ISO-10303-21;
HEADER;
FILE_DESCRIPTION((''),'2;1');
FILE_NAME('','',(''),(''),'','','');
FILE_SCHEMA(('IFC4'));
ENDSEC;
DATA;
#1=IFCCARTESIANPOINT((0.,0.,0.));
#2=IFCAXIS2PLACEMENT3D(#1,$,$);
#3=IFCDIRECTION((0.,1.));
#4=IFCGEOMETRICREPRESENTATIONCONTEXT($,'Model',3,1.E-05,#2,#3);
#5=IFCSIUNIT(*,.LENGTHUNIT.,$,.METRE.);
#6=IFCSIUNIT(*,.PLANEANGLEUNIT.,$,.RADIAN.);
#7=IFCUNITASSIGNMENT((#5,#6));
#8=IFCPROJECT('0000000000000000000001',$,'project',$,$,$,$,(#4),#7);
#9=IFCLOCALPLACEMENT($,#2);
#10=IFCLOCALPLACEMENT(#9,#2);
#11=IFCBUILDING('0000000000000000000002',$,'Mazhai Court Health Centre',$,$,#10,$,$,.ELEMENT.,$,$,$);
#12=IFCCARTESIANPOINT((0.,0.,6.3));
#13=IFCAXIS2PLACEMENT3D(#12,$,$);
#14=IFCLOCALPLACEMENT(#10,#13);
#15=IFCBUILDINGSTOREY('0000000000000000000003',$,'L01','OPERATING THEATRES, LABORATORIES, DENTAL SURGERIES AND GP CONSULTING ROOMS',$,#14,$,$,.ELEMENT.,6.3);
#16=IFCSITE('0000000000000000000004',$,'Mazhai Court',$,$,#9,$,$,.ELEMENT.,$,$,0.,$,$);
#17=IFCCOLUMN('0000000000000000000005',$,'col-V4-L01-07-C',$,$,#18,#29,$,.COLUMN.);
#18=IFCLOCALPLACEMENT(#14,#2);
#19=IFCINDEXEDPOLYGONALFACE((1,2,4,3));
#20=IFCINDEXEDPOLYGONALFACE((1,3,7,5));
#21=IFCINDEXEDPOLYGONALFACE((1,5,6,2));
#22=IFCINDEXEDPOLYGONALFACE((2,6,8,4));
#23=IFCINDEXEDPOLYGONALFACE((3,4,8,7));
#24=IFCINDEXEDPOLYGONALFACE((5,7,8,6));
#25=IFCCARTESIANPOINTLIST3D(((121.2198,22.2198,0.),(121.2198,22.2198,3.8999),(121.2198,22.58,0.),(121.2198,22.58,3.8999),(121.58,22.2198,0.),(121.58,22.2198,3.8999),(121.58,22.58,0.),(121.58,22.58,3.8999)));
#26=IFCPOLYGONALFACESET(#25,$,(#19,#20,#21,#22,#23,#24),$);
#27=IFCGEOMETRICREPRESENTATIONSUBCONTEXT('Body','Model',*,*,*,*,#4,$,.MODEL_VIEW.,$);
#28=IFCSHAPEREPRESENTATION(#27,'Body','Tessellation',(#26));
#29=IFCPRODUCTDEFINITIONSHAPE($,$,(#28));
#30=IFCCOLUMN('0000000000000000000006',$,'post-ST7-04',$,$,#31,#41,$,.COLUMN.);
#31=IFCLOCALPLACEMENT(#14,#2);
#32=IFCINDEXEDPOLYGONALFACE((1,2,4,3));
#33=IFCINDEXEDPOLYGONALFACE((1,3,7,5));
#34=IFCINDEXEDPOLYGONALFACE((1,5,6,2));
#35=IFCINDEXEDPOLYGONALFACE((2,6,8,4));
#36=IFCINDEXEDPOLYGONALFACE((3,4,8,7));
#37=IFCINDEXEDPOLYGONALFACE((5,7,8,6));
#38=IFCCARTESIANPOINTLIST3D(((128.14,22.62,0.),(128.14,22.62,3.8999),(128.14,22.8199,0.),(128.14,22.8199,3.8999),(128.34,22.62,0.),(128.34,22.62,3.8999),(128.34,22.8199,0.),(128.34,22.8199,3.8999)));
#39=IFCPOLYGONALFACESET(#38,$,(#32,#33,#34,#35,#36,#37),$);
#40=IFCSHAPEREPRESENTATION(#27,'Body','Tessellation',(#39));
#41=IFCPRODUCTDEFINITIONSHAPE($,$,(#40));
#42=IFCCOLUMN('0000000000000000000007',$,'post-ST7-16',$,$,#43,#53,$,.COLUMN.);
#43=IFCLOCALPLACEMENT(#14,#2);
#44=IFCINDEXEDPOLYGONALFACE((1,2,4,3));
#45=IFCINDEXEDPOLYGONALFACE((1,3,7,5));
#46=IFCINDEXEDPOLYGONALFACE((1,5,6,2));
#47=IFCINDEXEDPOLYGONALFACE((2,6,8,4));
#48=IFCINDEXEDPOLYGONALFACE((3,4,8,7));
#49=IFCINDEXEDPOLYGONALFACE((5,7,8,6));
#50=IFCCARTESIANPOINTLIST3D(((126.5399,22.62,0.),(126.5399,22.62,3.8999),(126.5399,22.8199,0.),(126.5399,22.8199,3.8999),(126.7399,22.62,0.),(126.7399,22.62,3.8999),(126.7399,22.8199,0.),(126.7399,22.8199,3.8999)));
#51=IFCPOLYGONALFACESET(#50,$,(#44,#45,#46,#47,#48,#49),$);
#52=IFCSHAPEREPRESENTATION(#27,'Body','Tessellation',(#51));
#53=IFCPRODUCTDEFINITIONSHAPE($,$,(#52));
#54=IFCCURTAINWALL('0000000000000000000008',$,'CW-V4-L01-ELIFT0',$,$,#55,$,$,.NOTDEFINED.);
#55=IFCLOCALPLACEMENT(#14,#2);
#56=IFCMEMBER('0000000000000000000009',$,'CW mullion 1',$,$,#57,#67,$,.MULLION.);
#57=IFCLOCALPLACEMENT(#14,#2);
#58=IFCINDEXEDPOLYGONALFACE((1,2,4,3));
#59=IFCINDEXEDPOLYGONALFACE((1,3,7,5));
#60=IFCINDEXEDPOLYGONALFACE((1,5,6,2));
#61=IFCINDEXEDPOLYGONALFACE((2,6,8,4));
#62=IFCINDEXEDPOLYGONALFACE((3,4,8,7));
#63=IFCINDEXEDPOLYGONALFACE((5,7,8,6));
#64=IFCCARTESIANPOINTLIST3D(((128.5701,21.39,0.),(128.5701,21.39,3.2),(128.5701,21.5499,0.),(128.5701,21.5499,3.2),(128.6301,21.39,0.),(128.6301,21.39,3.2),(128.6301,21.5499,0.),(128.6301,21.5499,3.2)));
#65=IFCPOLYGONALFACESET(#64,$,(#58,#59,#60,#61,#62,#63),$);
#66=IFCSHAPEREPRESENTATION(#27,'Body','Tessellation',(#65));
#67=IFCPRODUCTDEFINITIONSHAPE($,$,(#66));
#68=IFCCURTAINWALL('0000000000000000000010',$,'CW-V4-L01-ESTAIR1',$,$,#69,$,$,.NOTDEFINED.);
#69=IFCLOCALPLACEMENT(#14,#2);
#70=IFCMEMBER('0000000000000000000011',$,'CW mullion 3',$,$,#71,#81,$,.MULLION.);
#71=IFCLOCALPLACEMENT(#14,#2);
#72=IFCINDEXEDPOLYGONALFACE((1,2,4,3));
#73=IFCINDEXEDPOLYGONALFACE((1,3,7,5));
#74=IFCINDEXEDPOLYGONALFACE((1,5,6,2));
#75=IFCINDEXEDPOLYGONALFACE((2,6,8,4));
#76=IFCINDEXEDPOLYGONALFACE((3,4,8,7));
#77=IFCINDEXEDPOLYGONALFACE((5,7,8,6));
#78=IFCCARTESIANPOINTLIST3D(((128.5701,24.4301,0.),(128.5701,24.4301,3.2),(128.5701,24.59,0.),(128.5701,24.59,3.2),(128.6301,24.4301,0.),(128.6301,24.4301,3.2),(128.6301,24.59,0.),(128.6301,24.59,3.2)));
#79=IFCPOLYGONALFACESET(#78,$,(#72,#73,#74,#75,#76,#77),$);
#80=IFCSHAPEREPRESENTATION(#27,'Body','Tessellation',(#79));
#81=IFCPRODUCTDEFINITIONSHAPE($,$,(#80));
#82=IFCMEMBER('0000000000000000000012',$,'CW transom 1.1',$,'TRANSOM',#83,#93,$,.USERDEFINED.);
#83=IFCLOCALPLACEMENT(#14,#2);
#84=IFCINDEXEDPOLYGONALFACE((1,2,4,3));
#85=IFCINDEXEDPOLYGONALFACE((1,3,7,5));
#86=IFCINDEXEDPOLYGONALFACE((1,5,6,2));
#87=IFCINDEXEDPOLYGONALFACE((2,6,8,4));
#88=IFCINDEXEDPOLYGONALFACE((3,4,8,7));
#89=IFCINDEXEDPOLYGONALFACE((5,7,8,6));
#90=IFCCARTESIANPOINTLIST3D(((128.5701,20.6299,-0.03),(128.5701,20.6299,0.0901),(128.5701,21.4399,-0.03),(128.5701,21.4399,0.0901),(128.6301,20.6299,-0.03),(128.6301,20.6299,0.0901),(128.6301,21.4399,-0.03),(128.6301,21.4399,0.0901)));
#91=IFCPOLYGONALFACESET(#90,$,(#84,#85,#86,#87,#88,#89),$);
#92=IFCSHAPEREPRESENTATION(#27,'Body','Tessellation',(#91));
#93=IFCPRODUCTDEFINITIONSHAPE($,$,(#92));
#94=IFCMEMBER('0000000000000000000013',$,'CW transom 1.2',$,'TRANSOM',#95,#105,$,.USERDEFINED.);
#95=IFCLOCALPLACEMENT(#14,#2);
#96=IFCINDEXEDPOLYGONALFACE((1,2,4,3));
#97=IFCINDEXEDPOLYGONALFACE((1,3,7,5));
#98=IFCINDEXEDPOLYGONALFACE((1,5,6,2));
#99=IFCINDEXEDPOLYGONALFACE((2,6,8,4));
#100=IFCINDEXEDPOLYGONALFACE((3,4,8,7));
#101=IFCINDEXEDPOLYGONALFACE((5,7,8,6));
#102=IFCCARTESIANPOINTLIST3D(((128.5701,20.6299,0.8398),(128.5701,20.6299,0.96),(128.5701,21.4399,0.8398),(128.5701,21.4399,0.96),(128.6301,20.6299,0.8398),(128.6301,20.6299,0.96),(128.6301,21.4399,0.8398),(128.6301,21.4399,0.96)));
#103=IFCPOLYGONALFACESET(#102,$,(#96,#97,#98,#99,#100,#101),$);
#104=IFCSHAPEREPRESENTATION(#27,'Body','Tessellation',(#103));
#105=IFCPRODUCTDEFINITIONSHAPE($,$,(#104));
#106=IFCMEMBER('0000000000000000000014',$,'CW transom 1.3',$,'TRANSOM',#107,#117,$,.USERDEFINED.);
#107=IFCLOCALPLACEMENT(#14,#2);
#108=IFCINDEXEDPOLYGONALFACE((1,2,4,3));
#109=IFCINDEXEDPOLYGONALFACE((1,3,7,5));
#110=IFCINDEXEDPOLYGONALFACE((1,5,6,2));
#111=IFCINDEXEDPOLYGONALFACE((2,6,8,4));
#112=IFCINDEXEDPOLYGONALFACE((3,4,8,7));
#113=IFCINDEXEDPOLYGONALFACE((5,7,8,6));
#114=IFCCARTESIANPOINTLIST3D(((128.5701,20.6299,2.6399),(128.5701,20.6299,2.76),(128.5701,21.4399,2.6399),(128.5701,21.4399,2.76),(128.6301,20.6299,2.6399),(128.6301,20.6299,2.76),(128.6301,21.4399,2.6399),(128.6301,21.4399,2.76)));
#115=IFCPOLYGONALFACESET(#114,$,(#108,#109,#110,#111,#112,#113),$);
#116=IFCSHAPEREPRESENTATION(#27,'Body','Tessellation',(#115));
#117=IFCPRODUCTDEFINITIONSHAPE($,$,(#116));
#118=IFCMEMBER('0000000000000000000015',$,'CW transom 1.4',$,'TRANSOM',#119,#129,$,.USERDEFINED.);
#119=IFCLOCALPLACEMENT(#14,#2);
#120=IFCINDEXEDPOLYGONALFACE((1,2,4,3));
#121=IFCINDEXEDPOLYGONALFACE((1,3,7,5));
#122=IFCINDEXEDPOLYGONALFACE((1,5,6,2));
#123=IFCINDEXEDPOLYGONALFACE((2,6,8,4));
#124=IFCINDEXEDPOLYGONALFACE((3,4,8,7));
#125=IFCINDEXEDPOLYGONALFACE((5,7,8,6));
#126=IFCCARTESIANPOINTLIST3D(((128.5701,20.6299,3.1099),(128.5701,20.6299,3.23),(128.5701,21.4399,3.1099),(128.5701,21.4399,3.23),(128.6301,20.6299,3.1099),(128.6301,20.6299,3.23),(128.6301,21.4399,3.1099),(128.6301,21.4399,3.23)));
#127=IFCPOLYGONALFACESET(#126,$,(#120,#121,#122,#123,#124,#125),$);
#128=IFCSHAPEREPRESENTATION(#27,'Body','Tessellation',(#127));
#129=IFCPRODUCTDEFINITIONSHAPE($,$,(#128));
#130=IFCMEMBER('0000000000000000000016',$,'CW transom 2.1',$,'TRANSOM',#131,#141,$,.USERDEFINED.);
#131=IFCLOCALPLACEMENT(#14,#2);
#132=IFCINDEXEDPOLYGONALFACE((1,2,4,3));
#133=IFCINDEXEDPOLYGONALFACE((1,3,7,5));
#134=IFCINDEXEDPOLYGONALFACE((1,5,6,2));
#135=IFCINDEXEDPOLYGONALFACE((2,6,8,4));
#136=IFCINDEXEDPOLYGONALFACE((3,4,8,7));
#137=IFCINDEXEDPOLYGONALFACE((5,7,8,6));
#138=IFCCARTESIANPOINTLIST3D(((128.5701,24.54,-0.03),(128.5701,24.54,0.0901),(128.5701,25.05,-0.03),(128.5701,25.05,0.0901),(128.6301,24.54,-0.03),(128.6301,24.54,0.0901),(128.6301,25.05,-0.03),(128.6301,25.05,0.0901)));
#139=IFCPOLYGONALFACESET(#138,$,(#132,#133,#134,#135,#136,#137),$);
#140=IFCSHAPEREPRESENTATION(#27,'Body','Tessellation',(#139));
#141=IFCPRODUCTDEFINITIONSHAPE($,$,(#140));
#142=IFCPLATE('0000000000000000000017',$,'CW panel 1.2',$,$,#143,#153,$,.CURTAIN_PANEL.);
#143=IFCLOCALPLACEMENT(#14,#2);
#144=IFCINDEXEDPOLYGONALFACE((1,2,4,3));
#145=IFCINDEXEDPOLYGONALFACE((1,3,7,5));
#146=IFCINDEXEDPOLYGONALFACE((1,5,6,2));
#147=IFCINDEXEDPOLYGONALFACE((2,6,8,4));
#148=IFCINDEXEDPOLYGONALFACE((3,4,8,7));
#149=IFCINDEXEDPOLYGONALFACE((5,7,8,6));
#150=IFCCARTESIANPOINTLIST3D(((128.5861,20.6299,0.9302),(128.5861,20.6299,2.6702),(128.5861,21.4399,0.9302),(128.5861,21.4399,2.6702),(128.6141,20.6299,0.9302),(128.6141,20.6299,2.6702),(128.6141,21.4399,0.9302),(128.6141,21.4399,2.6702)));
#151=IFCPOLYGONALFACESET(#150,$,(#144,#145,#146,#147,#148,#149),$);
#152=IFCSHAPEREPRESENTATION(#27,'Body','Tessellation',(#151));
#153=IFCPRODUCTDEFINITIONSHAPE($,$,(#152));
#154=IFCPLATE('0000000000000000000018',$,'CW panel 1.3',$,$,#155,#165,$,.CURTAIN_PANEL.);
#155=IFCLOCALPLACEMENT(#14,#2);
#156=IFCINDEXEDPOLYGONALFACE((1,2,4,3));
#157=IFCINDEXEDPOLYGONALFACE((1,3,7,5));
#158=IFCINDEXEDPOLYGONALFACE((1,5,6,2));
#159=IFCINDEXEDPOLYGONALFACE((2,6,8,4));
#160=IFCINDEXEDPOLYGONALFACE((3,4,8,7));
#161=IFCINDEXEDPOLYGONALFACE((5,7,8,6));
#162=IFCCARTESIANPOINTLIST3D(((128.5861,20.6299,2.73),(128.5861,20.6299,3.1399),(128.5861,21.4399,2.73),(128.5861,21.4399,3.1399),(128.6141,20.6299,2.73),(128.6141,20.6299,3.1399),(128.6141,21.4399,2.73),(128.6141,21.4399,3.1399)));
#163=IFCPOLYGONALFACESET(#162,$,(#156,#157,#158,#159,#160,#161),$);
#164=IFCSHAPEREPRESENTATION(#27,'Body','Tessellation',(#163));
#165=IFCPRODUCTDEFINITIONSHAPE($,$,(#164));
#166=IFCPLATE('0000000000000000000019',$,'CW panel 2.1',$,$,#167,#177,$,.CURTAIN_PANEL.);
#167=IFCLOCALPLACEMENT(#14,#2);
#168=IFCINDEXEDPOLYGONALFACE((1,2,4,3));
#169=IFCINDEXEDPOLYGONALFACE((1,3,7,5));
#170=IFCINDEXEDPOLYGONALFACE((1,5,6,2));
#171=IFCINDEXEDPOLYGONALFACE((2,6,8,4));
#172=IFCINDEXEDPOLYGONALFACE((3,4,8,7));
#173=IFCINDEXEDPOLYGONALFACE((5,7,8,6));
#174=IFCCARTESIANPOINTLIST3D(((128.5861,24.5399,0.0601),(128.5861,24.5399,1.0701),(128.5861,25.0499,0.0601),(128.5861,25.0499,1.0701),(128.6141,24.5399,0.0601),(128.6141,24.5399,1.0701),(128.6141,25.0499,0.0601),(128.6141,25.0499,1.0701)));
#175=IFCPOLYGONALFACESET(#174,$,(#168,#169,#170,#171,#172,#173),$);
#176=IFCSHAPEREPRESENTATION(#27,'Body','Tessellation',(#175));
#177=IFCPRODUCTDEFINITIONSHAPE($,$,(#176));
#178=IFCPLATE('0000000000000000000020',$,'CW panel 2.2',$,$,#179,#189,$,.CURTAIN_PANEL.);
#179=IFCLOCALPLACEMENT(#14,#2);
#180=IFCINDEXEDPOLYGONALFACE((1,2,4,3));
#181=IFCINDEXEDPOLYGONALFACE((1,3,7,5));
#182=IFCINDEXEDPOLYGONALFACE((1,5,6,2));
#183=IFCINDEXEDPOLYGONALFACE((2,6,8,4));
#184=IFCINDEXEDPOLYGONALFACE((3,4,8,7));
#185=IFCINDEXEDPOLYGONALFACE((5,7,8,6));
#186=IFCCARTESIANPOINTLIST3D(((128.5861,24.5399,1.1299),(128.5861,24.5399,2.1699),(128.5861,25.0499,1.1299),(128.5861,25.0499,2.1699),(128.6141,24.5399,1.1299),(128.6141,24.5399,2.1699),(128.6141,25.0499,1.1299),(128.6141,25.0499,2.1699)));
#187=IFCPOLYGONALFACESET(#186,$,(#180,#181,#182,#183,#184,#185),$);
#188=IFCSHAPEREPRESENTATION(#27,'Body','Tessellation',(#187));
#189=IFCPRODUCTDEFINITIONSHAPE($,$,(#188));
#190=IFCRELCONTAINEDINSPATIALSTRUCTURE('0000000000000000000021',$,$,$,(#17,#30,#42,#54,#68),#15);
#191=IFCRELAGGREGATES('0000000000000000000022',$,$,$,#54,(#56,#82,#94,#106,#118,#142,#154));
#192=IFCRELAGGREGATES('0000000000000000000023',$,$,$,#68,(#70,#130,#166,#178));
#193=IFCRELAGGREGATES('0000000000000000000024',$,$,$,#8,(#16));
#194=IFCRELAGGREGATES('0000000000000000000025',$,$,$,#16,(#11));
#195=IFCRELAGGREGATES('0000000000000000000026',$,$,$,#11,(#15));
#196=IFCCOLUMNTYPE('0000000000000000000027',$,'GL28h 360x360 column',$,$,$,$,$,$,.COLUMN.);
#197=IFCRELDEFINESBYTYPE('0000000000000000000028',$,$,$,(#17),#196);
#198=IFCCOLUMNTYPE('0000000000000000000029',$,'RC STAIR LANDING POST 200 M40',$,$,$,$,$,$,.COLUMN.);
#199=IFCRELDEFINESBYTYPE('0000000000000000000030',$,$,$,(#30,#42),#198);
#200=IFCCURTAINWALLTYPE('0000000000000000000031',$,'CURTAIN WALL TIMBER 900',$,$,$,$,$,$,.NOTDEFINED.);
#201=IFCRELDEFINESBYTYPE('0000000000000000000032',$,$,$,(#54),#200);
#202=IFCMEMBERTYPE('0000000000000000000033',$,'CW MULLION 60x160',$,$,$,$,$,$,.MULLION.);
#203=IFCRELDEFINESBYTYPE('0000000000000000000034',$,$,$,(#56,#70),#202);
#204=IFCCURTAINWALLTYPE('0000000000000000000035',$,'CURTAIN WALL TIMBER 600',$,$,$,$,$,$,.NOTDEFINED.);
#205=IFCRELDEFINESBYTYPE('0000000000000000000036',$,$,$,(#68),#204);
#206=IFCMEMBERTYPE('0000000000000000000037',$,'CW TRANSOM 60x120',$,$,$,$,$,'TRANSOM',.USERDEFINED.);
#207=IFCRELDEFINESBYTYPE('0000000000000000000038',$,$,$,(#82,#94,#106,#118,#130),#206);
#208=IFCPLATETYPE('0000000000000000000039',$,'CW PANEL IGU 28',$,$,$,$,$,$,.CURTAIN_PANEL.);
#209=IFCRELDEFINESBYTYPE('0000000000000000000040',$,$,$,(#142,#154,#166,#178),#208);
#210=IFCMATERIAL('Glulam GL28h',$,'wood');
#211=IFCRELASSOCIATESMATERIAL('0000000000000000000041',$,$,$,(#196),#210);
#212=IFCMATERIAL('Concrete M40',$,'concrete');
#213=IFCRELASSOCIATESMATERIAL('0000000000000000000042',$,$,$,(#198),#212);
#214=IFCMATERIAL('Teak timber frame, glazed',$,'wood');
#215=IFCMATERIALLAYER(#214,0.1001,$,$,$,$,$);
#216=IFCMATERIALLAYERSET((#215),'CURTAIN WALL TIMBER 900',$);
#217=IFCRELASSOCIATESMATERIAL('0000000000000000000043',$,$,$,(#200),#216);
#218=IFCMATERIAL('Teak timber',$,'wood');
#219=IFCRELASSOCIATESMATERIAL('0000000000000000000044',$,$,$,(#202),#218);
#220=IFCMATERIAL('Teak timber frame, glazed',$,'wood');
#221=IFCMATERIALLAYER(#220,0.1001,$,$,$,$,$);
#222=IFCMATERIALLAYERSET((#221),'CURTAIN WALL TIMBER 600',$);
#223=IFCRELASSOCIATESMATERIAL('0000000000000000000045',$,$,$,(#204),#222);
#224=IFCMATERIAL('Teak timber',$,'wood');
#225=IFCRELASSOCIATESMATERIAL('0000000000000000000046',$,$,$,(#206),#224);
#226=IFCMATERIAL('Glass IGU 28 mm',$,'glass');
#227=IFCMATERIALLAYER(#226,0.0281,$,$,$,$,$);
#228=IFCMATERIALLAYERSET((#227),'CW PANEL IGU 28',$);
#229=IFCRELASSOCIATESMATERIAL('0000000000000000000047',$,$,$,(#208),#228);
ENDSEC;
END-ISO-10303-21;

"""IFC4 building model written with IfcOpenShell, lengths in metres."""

from ifc_helpers import new_model, si_unit, direction, frame, origin, origin_2d, place, context, subcontext, project, spatial, rectangle, extrude, material, layer, layer_set, material_profile, profile_set, type_object, element, aggregate, save


model = new_model("IFC4")

# Units and contexts
model_context = context("Model", 3, precision=1e-05, world=origin(), true_north=direction((0.0, 1.0)))
body_context = subcontext(model_context, "Body", "Model", "MODEL_VIEW")
ifc_project = project(units=[si_unit("LENGTHUNIT", "METRE"), si_unit("PLANEANGLEUNIT", "RADIAN")], contexts=[model_context])

# Site, building, storey
site_placement = place(None, origin())
site = spatial("IfcSite", under=ifc_project, at=site_placement, Name="Mazhai Court", CompositionType="ELEMENT", RefElevation=0.0)
building_placement = place(site_placement, origin())
building = spatial("IfcBuilding", under=site, at=building_placement, Name="Mazhai Court Health Centre", CompositionType="ELEMENT")
storey_placement = place(building_placement, frame((0.0, 0.0, 6.3)))
storey = spatial("IfcBuildingStorey", under=building, at=storey_placement, Name="L01", Description="OPERATING THEATRES, LABORATORIES, DENTAL SURGERIES AND GP CONSULTING ROOMS", CompositionType="ELEMENT", Elevation=6.3)

# Columns
ifc_material_1 = material(Name="Glulam GL28h", Category="wood")
ifc_material_profile_1 = material_profile(ifc_material_1, rectangle(XDim=0.3601, YDim=0.3601, at=origin_2d()), Name="GL28h 360x360")
ifc_profile_set_1 = profile_set([ifc_material_profile_1], Name="Glulam GL28h")
column_type_1 = type_object("IfcColumnType", Name="GL28h 360x360 column", PredefinedType="COLUMN", material=ifc_profile_set_1)
column_placement = place(storey_placement, frame((121.3999, 22.3999, 0.0), z_axis=(0.0, 0.0, 1.0), x_axis=(1.0, 0.0, 0.0)))
element("IfcColumn", 1, at=column_placement, inside=storey, type_object=column_type_1, Name="col-V4-L01-07-C", PredefinedType="COLUMN", context=body_context, shape_type="SweptSolid", body=[
    extrude(rectangle(XDim=0.3601, YDim=0.3601, at=origin_2d()), origin(), (0.0, 0.0, 1.0), 3.8999),
])
ifc_material_2 = material(Name="Concrete M40", Category="concrete")
ifc_material_profile_2 = material_profile(ifc_material_2, rectangle(XDim=0.2, YDim=0.2, at=origin_2d()), Name="RC 200x200")
ifc_profile_set_2 = profile_set([ifc_material_profile_2], Name="Concrete M40")
column_type_2 = type_object("IfcColumnType", Name="RC STAIR LANDING POST 200 M40", PredefinedType="COLUMN", material=ifc_profile_set_2)
for number, where, z_axis, x_axis, name in (
    (2, (128.24, 22.72, 0.0), (0.0, 0.0, 1.0), (1.0, 0.0, 0.0), "post-ST7-04"),
    (3, (126.6399, 22.72, 0.0), (0.0, 0.0, 1.0), (1.0, 0.0, 0.0), "post-ST7-16"),
):
    element("IfcColumn", number, at=place(storey_placement, frame(where, z_axis=z_axis, x_axis=x_axis)), inside=storey, type_object=column_type_2, Name=name, PredefinedType="COLUMN", context=body_context, shape_type="SweptSolid", body=[
        extrude(rectangle(XDim=0.2, YDim=0.2, at=origin_2d()), origin(), (0.0, 0.0, 1.0), 3.8999),
    ])

# Curtain walls, members
ifc_material_3 = material(Name="Teak timber frame, glazed", Category="wood")
ifc_layer_1 = layer(ifc_material_3, 0.1001)
ifc_layer_set_1 = layer_set([ifc_layer_1], Name="CURTAIN WALL TIMBER 900")
curtain_wall_type_1 = type_object("IfcCurtainWallType", Name="CURTAIN WALL TIMBER 900", PredefinedType="NOTDEFINED", material=ifc_layer_set_1)
curtain_wall_1_placement = place(storey_placement, origin())
curtain_wall_1 = element("IfcCurtainWall", 4, at=curtain_wall_1_placement, inside=storey, type_object=curtain_wall_type_1, Name="CW-V4-L01-ELIFT0", PredefinedType="NOTDEFINED")
ifc_material_4 = material(Name="Teak timber", Category="wood")
ifc_material_profile_3 = material_profile(ifc_material_4, rectangle(XDim=0.0601, YDim=0.1599, at=origin_2d()), Name="CW MULLION 60x160")
ifc_profile_set_3 = profile_set([ifc_material_profile_3], Name="Teak timber")
member_type_1 = type_object("IfcMemberType", Name="CW MULLION 60x160", PredefinedType="MULLION", material=ifc_profile_set_3)
member_1_placement = place(storey_placement, frame((128.6001, 21.47, 0.0), z_axis=(0.0, 0.0, 1.0), x_axis=(1.0, 0.0, 0.0)))
member_1 = element("IfcMember", 5, at=member_1_placement, type_object=member_type_1, Name="CW mullion 1", PredefinedType="MULLION", context=body_context, shape_type="SweptSolid", body=[
    extrude(rectangle(XDim=0.0601, YDim=0.1599, at=origin_2d()), origin(), (0.0, 0.0, 1.0), 3.2),
])
ifc_material_5 = material(Name="Teak timber frame, glazed", Category="wood")
ifc_layer_2 = layer(ifc_material_5, 0.1001)
ifc_layer_set_2 = layer_set([ifc_layer_2], Name="CURTAIN WALL TIMBER 600")
curtain_wall_type_2 = type_object("IfcCurtainWallType", Name="CURTAIN WALL TIMBER 600", PredefinedType="NOTDEFINED", material=ifc_layer_set_2)
curtain_wall_2_placement = place(storey_placement, origin())
curtain_wall_2 = element("IfcCurtainWall", 6, at=curtain_wall_2_placement, inside=storey, type_object=curtain_wall_type_2, Name="CW-V4-L01-ESTAIR1", PredefinedType="NOTDEFINED")
member_2_placement = place(storey_placement, frame((128.6001, 24.51, 0.0), z_axis=(0.0, 0.0, 1.0), x_axis=(1.0, 0.0, 0.0)))
member_2 = element("IfcMember", 7, at=member_2_placement, type_object=member_type_1, Name="CW mullion 3", PredefinedType="MULLION", context=body_context, shape_type="SweptSolid", body=[
    extrude(rectangle(XDim=0.0601, YDim=0.1599, at=origin_2d()), origin(), (0.0, 0.0, 1.0), 3.2),
])

# Members
ifc_material_6 = material(Name="Teak timber", Category="wood")
ifc_material_profile_4 = material_profile(ifc_material_6, rectangle(XDim=0.0601, YDim=0.1201, at=origin_2d()), Name="CW TRANSOM 60x120")
ifc_profile_set_4 = profile_set([ifc_material_profile_4], Name="Teak timber")
member_type_2 = type_object("IfcMemberType", Name="CW TRANSOM 60x120", ElementType="TRANSOM", PredefinedType="USERDEFINED", material=ifc_profile_set_4)
member_3_placement = place(storey_placement, frame((128.6001, 21.4399, 0.03), z_axis=(0.0, -1.0, 0.0), x_axis=(1.0, 0.0, 0.0)))
member_3 = element("IfcMember", 8, at=member_3_placement, type_object=member_type_2, Name="CW transom 1.1", ObjectType="TRANSOM", PredefinedType="USERDEFINED", context=body_context, shape_type="SweptSolid", body=[
    extrude(rectangle(XDim=0.0601, YDim=0.1201, at=origin_2d()), origin(), (0.0, 0.0, 1.0), 0.8101),
])
member_4_placement = place(storey_placement, frame((128.6001, 21.4399, 0.8999), z_axis=(0.0, -1.0, 0.0), x_axis=(1.0, 0.0, 0.0)))
member_4 = element("IfcMember", 9, at=member_4_placement, type_object=member_type_2, Name="CW transom 1.2", ObjectType="TRANSOM", PredefinedType="USERDEFINED", context=body_context, shape_type="SweptSolid", body=[
    extrude(rectangle(XDim=0.0601, YDim=0.1201, at=origin_2d()), origin(), (0.0, 0.0, 1.0), 0.8101),
])
member_5_placement = place(storey_placement, frame((128.6001, 21.4399, 2.7), z_axis=(0.0, -1.0, 0.0), x_axis=(1.0, 0.0, 0.0)))
member_5 = element("IfcMember", 10, at=member_5_placement, type_object=member_type_2, Name="CW transom 1.3", ObjectType="TRANSOM", PredefinedType="USERDEFINED", context=body_context, shape_type="SweptSolid", body=[
    extrude(rectangle(XDim=0.0601, YDim=0.1201, at=origin_2d()), origin(), (0.0, 0.0, 1.0), 0.8101),
])
member_6_placement = place(storey_placement, frame((128.6001, 21.4399, 3.1699), z_axis=(0.0, -1.0, 0.0), x_axis=(1.0, 0.0, 0.0)))
member_6 = element("IfcMember", 11, at=member_6_placement, type_object=member_type_2, Name="CW transom 1.4", ObjectType="TRANSOM", PredefinedType="USERDEFINED", context=body_context, shape_type="SweptSolid", body=[
    extrude(rectangle(XDim=0.0601, YDim=0.1201, at=origin_2d()), origin(), (0.0, 0.0, 1.0), 0.8101),
])
member_7_placement = place(storey_placement, frame((128.6001, 25.05, 0.03), z_axis=(0.0, -1.0, 0.0), x_axis=(1.0, 0.0, 0.0)))
member_7 = element("IfcMember", 12, at=member_7_placement, type_object=member_type_2, Name="CW transom 2.1", ObjectType="TRANSOM", PredefinedType="USERDEFINED", context=body_context, shape_type="SweptSolid", body=[
    extrude(rectangle(XDim=0.0601, YDim=0.1201, at=origin_2d()), origin(), (0.0, 0.0, 1.0), 0.51),
])

# Plates
ifc_material_7 = material(Name="Glass IGU 28 mm", Category="glass")
ifc_layer_3 = layer(ifc_material_7, 0.0281)
ifc_layer_set_3 = layer_set([ifc_layer_3], Name="CW PANEL IGU 28")
plate_type = type_object("IfcPlateType", Name="CW PANEL IGU 28", PredefinedType="CURTAIN_PANEL", material=ifc_layer_set_3)
plate_1_placement = place(storey_placement, frame((128.6001, 21.0349, 0.9302), z_axis=(0.0, 0.0, 1.0), x_axis=(0.0, -1.0, 0.0)))
plate_1 = element("IfcPlate", 13, at=plate_1_placement, type_object=plate_type, Name="CW panel 1.2", PredefinedType="CURTAIN_PANEL", context=body_context, shape_type="SweptSolid", body=[
    extrude(rectangle(XDim=0.8101, YDim=0.0281, at=origin_2d()), origin(), (0.0, 0.0, 1.0), 1.74),
])
plate_2_placement = place(storey_placement, frame((128.6001, 21.0349, 2.73), z_axis=(0.0, 0.0, 1.0), x_axis=(0.0, -1.0, 0.0)))
plate_2 = element("IfcPlate", 14, at=plate_2_placement, type_object=plate_type, Name="CW panel 1.3", PredefinedType="CURTAIN_PANEL", context=body_context, shape_type="SweptSolid", body=[
    extrude(rectangle(XDim=0.8101, YDim=0.0281, at=origin_2d()), origin(), (0.0, 0.0, 1.0), 0.4099),
])
aggregate(curtain_wall_1, [member_1, member_3, member_4, member_5, member_6, plate_1, plate_2])
plate_3_placement = place(storey_placement, frame((128.6001, 24.7949, 0.0601), z_axis=(0.0, 0.0, 1.0), x_axis=(0.0, -1.0, 0.0)))
plate_3 = element("IfcPlate", 15, at=plate_3_placement, type_object=plate_type, Name="CW panel 2.1", PredefinedType="CURTAIN_PANEL", context=body_context, shape_type="SweptSolid", body=[
    extrude(rectangle(XDim=0.51, YDim=0.0281, at=origin_2d()), origin(), (0.0, 0.0, 1.0), 1.01),
])
plate_4_placement = place(storey_placement, frame((128.6001, 24.7949, 1.1299), z_axis=(0.0, 0.0, 1.0), x_axis=(0.0, -1.0, 0.0)))
plate_4 = element("IfcPlate", 16, at=plate_4_placement, type_object=plate_type, Name="CW panel 2.2", PredefinedType="CURTAIN_PANEL", context=body_context, shape_type="SweptSolid", body=[
    extrude(rectangle(XDim=0.51, YDim=0.0281, at=origin_2d()), origin(), (0.0, 0.0, 1.0), 1.04),
])
aggregate(curtain_wall_2, [member_2, member_7, plate_3, plate_4])

save(model, "model.ifc")
